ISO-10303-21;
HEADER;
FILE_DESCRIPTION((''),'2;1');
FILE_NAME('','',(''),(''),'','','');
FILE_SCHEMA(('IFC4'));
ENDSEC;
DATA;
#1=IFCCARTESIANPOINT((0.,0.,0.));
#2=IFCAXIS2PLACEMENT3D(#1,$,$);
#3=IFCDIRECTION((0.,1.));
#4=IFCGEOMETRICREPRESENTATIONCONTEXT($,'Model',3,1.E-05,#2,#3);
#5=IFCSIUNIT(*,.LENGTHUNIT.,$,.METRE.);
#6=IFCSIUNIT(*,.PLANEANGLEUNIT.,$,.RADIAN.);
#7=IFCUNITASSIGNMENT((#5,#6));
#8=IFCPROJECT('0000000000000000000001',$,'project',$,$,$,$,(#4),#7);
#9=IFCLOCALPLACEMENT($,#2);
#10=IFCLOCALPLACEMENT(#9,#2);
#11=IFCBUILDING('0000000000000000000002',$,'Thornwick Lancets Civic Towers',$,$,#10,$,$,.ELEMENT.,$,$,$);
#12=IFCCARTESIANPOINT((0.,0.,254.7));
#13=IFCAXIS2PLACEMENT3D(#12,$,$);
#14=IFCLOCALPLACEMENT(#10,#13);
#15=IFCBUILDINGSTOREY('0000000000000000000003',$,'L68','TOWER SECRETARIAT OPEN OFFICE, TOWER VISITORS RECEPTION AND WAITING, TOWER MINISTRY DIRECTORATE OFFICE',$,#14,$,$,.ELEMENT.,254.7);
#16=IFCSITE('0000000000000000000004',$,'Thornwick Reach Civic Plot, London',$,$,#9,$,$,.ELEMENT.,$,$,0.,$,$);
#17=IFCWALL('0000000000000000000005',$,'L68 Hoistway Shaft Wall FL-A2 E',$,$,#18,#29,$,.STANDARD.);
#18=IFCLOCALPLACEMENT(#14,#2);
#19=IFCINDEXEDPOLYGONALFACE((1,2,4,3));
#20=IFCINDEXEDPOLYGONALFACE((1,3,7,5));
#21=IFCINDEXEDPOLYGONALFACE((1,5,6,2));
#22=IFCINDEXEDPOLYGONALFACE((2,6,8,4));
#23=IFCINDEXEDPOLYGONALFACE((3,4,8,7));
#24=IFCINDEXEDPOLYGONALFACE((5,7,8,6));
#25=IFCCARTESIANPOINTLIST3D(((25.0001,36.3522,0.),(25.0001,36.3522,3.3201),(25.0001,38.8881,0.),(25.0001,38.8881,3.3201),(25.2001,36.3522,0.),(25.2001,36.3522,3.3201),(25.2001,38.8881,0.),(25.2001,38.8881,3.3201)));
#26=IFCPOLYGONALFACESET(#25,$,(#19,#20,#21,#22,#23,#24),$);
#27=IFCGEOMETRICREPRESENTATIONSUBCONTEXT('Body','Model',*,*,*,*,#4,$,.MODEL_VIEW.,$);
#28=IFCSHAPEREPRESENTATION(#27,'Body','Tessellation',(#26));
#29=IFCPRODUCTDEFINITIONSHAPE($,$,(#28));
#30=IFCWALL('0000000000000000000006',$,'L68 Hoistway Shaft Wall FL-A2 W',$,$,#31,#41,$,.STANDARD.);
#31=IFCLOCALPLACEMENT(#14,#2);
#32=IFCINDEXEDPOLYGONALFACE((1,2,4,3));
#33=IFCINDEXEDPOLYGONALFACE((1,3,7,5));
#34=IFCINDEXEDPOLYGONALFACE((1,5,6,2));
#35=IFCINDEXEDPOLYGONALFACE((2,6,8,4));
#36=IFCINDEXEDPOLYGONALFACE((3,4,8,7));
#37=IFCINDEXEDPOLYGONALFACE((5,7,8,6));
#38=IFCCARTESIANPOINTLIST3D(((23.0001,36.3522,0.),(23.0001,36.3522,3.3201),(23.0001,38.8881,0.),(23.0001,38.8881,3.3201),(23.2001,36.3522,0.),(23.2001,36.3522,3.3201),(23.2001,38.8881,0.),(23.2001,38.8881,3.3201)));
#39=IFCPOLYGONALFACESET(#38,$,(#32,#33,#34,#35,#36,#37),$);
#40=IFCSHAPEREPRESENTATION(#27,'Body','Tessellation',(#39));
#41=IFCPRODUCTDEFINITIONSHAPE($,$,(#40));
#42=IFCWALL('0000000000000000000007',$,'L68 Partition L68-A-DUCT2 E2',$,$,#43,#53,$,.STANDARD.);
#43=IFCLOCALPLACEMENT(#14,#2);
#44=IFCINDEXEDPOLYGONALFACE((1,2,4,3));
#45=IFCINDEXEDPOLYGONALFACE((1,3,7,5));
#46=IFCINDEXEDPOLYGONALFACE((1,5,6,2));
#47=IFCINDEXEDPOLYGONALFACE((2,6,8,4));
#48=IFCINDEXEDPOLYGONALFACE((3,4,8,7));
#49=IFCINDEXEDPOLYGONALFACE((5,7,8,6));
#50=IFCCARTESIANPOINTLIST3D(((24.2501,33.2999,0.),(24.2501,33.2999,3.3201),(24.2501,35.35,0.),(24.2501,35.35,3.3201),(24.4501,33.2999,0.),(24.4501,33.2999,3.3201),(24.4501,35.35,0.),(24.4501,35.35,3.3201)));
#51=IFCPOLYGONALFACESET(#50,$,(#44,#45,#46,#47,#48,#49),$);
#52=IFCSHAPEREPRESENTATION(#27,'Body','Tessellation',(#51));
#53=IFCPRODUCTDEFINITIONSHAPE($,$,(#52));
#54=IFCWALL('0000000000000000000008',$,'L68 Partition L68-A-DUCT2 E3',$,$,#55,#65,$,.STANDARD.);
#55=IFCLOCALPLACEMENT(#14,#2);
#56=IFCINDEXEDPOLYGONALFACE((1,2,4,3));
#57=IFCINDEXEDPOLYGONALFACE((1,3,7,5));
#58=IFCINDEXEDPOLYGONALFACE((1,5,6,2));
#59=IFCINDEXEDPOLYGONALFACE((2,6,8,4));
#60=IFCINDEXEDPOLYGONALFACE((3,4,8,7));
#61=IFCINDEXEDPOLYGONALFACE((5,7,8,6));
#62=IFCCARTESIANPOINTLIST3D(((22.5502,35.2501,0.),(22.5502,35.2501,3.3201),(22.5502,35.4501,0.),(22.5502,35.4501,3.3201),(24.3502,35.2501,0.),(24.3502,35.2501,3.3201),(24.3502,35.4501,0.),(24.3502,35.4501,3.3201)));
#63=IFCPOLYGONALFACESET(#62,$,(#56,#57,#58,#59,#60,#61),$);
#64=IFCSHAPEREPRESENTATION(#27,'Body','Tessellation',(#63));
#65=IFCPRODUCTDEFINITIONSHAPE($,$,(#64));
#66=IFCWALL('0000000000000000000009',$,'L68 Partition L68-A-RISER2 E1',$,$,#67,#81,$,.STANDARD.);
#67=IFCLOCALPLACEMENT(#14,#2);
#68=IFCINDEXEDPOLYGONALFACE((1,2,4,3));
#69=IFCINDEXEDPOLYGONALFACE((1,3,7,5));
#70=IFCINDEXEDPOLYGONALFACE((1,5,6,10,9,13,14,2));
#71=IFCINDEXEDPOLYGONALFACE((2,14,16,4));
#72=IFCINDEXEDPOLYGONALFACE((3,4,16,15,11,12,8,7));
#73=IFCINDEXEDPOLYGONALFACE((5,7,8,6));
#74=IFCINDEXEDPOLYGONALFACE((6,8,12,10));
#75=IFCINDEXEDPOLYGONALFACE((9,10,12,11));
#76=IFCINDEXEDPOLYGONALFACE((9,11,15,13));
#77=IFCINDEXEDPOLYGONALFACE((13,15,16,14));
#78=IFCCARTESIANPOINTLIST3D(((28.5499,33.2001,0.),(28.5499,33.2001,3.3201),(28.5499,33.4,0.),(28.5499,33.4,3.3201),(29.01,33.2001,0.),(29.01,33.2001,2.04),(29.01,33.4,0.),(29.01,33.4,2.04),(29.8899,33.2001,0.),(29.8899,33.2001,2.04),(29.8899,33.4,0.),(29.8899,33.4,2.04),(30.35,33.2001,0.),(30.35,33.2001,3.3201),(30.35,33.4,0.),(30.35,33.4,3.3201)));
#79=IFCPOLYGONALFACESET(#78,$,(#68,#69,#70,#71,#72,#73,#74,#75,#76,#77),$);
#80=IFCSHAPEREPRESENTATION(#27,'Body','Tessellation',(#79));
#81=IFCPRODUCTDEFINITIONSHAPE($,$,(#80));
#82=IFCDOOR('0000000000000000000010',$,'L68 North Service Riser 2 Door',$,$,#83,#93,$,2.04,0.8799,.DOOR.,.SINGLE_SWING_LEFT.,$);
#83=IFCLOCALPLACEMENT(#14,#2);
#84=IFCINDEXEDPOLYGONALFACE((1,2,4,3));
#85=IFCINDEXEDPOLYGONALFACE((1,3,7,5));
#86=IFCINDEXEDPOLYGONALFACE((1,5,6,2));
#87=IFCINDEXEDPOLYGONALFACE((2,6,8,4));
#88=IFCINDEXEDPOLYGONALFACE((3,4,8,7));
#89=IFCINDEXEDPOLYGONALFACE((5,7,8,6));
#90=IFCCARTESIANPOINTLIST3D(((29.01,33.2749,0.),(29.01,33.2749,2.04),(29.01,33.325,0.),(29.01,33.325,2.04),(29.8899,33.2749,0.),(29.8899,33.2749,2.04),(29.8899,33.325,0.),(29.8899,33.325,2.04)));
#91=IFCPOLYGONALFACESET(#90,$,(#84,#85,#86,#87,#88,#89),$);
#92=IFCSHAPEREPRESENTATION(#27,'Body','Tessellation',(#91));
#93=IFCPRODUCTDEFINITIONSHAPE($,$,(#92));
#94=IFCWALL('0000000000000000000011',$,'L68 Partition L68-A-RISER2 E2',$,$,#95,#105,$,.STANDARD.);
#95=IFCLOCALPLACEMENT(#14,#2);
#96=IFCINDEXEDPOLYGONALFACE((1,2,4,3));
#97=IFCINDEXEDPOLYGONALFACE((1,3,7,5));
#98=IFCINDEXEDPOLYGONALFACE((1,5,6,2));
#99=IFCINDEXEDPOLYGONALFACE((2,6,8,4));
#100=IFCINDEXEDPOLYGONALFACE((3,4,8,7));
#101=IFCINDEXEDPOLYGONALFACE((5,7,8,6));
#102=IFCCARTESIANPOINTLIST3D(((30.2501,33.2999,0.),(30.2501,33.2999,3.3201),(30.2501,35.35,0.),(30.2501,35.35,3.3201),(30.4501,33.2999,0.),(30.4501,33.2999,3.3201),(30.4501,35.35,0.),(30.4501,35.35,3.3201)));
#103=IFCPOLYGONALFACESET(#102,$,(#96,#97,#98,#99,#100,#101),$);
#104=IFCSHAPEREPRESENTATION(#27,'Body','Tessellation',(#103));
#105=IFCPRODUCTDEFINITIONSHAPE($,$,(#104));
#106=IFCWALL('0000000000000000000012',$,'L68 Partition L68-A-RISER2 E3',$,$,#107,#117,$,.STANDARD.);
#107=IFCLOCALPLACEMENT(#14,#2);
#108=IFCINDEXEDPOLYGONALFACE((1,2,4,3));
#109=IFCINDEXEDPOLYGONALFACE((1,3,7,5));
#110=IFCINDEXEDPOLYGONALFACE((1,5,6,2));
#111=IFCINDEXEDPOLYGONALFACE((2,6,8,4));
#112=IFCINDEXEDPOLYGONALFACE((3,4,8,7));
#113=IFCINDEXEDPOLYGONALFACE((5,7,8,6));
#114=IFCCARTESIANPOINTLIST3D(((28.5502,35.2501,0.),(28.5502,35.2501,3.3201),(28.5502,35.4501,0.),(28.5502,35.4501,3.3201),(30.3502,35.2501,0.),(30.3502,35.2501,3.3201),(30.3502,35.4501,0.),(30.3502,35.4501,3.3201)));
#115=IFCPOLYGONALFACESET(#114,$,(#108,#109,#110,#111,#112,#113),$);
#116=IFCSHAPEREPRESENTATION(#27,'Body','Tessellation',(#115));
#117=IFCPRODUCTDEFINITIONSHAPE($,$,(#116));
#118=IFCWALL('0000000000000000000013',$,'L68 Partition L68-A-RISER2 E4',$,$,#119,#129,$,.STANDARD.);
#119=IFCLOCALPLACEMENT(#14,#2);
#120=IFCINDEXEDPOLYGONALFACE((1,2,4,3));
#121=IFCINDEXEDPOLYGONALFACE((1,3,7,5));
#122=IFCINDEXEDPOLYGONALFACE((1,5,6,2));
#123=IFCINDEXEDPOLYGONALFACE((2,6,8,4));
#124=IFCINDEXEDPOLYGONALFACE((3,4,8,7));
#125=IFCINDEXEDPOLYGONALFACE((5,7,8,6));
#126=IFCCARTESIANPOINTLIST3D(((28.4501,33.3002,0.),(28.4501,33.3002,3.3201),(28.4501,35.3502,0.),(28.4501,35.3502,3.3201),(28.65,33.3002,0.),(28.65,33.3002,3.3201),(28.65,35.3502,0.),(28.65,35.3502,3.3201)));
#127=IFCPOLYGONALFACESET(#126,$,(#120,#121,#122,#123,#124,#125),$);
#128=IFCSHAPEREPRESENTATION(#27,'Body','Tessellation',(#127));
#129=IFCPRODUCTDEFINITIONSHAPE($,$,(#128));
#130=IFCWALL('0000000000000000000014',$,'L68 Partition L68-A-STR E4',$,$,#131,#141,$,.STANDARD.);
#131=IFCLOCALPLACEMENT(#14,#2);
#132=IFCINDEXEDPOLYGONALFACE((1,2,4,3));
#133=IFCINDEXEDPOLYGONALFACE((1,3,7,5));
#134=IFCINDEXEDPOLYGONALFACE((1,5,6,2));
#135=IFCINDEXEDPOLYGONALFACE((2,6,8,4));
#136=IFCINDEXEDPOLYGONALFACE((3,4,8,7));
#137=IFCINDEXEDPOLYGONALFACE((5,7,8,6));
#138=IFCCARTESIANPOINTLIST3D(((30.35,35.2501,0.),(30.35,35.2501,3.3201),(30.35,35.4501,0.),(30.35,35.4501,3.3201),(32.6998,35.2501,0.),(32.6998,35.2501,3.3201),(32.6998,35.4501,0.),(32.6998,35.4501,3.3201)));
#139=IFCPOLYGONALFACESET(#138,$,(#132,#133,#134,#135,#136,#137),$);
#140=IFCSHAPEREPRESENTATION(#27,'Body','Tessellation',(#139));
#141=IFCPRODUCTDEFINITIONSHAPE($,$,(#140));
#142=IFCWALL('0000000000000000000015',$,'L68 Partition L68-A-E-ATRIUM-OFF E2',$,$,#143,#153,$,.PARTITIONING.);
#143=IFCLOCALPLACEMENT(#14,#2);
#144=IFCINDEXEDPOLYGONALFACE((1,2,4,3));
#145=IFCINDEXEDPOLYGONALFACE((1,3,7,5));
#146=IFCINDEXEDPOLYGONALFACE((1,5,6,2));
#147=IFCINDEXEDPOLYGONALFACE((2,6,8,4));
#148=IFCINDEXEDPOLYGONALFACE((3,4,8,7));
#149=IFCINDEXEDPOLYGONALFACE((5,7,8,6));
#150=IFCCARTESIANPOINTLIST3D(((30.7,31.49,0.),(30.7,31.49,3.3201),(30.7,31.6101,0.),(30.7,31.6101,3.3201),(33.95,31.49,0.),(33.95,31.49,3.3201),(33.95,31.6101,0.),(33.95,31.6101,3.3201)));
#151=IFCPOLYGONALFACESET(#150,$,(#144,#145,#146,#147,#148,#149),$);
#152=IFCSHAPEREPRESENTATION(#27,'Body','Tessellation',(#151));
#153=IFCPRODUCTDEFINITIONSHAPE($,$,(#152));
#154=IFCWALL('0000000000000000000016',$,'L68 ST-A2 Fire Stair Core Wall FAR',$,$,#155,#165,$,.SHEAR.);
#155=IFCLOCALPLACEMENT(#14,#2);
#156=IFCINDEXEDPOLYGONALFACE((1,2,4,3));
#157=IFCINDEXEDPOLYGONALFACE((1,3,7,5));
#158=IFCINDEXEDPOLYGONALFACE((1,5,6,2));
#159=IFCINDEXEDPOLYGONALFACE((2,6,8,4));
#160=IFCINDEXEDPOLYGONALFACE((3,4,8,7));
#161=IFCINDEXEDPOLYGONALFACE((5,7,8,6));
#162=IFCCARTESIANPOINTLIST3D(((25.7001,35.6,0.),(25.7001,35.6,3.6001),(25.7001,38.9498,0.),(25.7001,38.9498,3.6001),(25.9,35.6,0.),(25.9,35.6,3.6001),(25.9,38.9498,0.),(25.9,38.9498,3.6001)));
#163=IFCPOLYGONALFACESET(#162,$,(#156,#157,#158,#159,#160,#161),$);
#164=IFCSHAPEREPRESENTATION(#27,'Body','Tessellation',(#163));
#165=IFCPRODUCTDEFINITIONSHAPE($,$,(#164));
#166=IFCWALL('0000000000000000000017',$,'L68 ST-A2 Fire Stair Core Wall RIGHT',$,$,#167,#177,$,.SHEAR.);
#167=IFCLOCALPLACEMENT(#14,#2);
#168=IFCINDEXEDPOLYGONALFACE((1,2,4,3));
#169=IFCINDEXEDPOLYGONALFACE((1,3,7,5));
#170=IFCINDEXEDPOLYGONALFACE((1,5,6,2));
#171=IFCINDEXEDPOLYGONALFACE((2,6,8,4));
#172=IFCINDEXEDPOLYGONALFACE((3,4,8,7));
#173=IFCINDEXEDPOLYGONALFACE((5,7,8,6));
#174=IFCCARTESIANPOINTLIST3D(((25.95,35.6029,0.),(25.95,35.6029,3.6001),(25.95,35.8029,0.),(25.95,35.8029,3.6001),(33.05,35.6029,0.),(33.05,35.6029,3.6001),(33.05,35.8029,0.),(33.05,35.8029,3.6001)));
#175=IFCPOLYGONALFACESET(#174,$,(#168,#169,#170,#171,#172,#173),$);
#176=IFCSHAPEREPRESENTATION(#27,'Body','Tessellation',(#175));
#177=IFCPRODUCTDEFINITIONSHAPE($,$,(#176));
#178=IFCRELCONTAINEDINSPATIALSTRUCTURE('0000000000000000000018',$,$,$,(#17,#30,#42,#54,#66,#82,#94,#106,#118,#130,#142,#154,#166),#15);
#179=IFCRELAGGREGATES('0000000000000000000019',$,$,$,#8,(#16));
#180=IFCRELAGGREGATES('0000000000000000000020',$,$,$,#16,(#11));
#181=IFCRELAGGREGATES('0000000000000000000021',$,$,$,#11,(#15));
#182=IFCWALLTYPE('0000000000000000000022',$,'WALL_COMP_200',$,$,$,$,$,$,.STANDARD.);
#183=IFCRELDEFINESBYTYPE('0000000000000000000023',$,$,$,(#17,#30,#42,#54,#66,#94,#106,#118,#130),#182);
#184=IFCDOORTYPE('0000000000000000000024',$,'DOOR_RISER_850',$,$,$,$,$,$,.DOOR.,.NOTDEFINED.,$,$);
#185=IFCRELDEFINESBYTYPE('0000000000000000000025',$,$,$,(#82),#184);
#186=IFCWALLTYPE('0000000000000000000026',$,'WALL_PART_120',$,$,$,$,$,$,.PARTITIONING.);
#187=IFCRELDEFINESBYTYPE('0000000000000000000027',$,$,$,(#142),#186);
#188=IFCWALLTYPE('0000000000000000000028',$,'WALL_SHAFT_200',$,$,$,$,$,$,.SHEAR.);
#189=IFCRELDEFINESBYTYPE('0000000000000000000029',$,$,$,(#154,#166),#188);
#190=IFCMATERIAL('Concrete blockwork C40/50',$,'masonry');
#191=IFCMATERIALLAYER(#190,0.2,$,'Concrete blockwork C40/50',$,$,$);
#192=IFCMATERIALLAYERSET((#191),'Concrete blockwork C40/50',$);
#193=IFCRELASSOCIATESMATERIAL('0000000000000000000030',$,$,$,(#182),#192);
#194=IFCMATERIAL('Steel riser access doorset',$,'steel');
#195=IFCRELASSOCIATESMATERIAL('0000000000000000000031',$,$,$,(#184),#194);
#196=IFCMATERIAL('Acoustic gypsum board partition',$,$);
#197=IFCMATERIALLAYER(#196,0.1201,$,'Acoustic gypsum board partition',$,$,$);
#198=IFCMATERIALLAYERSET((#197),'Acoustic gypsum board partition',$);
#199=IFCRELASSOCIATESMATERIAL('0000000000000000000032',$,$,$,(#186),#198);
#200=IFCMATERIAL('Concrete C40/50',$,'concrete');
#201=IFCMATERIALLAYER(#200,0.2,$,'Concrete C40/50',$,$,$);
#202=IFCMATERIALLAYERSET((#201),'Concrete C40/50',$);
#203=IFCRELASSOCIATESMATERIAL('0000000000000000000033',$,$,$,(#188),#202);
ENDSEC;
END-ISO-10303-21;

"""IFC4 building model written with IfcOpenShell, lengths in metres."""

from ifc_helpers import new_model, si_unit, direction, frame, frame_2d, origin, place, context, subcontext, project, spatial, rectangle, extrude, material, layer, layer_set, type_object, element, fill, save


model = new_model("IFC4")

# Units and contexts
model_context = context("Model", 3, precision=1e-05, world=origin(), true_north=direction((0.0, 1.0)))
body_context = subcontext(model_context, "Body", "Model", "MODEL_VIEW")
ifc_project = project(units=[si_unit("LENGTHUNIT", "METRE"), si_unit("PLANEANGLEUNIT", "RADIAN")], contexts=[model_context])

# Site, building, storey
site_placement = place(None, origin())
site = spatial("IfcSite", under=ifc_project, at=site_placement, Name="Thornwick Reach Civic Plot, London", CompositionType="ELEMENT", RefElevation=0.0)
building_placement = place(site_placement, origin())
building = spatial("IfcBuilding", under=site, at=building_placement, Name="Thornwick Lancets Civic Towers", CompositionType="ELEMENT")
storey_placement = place(building_placement, frame((0.0, 0.0, 254.7)))
storey = spatial("IfcBuildingStorey", under=building, at=storey_placement, Name="L68", Description="TOWER SECRETARIAT OPEN OFFICE, TOWER VISITORS RECEPTION AND WAITING, TOWER MINISTRY DIRECTORATE OFFICE", CompositionType="ELEMENT", Elevation=254.7)

# Shared definitions
ifc_material_1 = material(Name="Concrete C40/50", Category="concrete")

# Shared definitions
ifc_material_2 = material(Name="Concrete blockwork C40/50", Category="masonry")
ifc_layer_1 = layer(ifc_material_2, 0.2, Name="Concrete blockwork C40/50")
ifc_layer_set_1 = layer_set([ifc_layer_1], Name="Concrete blockwork C40/50")
wall_type_1 = type_object("IfcWallType", Name="WALL_COMP_200", PredefinedType="STANDARD", material=ifc_layer_set_1)

# Walls
for number, where, z_axis, x_axis, name in (
    (1, (25.1001, 36.3521, 0.0), (0.0, 0.0, 1.0), (0.0, 1.0, 0.0), "L68 Hoistway Shaft Wall FL-A2 E"),
    (2, (23.1001, 36.3521, 0.0), (0.0, 0.0, 1.0), (0.0, 1.0, 0.0), "L68 Hoistway Shaft Wall FL-A2 W"),
):
    element("IfcWall", number, at=place(storey_placement, frame(where, z_axis=z_axis, x_axis=x_axis)), inside=storey, type_object=wall_type_1, Name=name, PredefinedType="STANDARD", context=body_context, shape_type="SweptSolid", body=[
        extrude(rectangle(XDim=2.5359, YDim=0.2, at=frame_2d((1.2681, 0.0))), origin(), (0.0, 0.0, 1.0), 3.3201),
    ])
wall_1_placement = place(storey_placement, frame((24.3501, 33.3, 0.0), z_axis=(0.0, 0.0, 1.0), x_axis=(0.0, 1.0, 0.0)))
element("IfcWall", 3, at=wall_1_placement, inside=storey, type_object=wall_type_1, Name="L68 Partition L68-A-DUCT2 E2", PredefinedType="STANDARD", context=body_context, shape_type="SweptSolid", body=[
    extrude(rectangle(XDim=2.05, YDim=0.2, at=frame_2d((1.0249, 0.0))), origin(), (0.0, 0.0, 1.0), 3.3201),
])
wall_2_placement = place(storey_placement, frame((24.3501, 35.3501, 0.0), z_axis=(0.0, 0.0, 1.0), x_axis=(-1.0, 0.0, 0.0)))
element("IfcWall", 4, at=wall_2_placement, inside=storey, type_object=wall_type_1, Name="L68 Partition L68-A-DUCT2 E3", PredefinedType="STANDARD", context=body_context, shape_type="SweptSolid", body=[
    extrude(rectangle(XDim=1.8, YDim=0.2, at=frame_2d((0.8999, 0.0))), origin(), (0.0, 0.0, 1.0), 3.3201),
])

# Wall, opening, door
wall_3_placement = place(storey_placement, frame((28.55, 33.3, 0.0), z_axis=(0.0, 0.0, 1.0), x_axis=(1.0, 0.0, 0.0)))
wall_3 = element("IfcWall", 5, at=wall_3_placement, inside=storey, type_object=wall_type_1, Name="L68 Partition L68-A-RISER2 E1", PredefinedType="STANDARD", context=body_context, shape_type="SweptSolid", body=[
    extrude(rectangle(XDim=1.8, YDim=0.2, at=frame_2d((0.8999, 0.0))), origin(), (0.0, 0.0, 1.0), 3.3201),
])
opening_1_placement = place(wall_3_placement, frame((0.46, 0.0, 0.0)))
opening_1 = element("IfcOpeningElement", 6, at=opening_1_placement, cuts=wall_3, PredefinedType="OPENING", context=body_context, shape_type="SweptSolid", body=[
    extrude(rectangle(XDim=0.8799, YDim=2.04, at=frame_2d((0.4399, 1.02))), frame((0.0, 0.1099, 0.0), z_axis=(0.0, -1.0, 0.0), x_axis=(1.0, 0.0, 0.0)), (0.0, 0.0, 1.0), 0.22),
])
ifc_material_3 = material(Name="Steel riser access doorset", Category="steel")
door_type_1 = type_object("IfcDoorType", Name="DOOR_RISER_850", OperationType="NOTDEFINED", PredefinedType="DOOR", material=ifc_material_3)
door_1_placement = place(opening_1_placement, origin())
door_1 = element("IfcDoor", 7, at=door_1_placement, inside=storey, type_object=door_type_1, Name="L68 North Service Riser 2 Door", OperationType="SINGLE_SWING_LEFT", OverallHeight=2.04, OverallWidth=0.8799, PredefinedType="DOOR", context=body_context, shape_type="SweptSolid", body=[
    extrude(rectangle(XDim=0.8799, YDim=2.04, at=frame_2d((0.4399, 1.02))), frame((0.0, 0.0249, 0.0), z_axis=(0.0, -1.0, 0.0), x_axis=(1.0, 0.0, 0.0)), (0.0, 0.0, 1.0), 0.05),
])
fill(opening_1, door_1)

# Walls
wall_4_placement = place(storey_placement, frame((30.3501, 33.3, 0.0), z_axis=(0.0, 0.0, 1.0), x_axis=(0.0, 1.0, 0.0)))
element("IfcWall", 8, at=wall_4_placement, inside=storey, type_object=wall_type_1, Name="L68 Partition L68-A-RISER2 E2", PredefinedType="STANDARD", context=body_context, shape_type="SweptSolid", body=[
    extrude(rectangle(XDim=2.05, YDim=0.2, at=frame_2d((1.0249, 0.0))), origin(), (0.0, 0.0, 1.0), 3.3201),
])
wall_5_placement = place(storey_placement, frame((30.3501, 35.3501, 0.0), z_axis=(0.0, 0.0, 1.0), x_axis=(-1.0, 0.0, 0.0)))
element("IfcWall", 9, at=wall_5_placement, inside=storey, type_object=wall_type_1, Name="L68 Partition L68-A-RISER2 E3", PredefinedType="STANDARD", context=body_context, shape_type="SweptSolid", body=[
    extrude(rectangle(XDim=1.8, YDim=0.2, at=frame_2d((0.8999, 0.0))), origin(), (0.0, 0.0, 1.0), 3.3201),
])
wall_6_placement = place(storey_placement, frame((28.55, 35.3501, 0.0), z_axis=(0.0, 0.0, 1.0), x_axis=(0.0, -1.0, 0.0)))
element("IfcWall", 10, at=wall_6_placement, inside=storey, type_object=wall_type_1, Name="L68 Partition L68-A-RISER2 E4", PredefinedType="STANDARD", context=body_context, shape_type="SweptSolid", body=[
    extrude(rectangle(XDim=2.05, YDim=0.2, at=frame_2d((1.0249, 0.0))), origin(), (0.0, 0.0, 1.0), 3.3201),
])
wall_7_placement = place(storey_placement, frame((30.3501, 35.3501, 0.0), z_axis=(0.0, 0.0, 1.0), x_axis=(1.0, 0.0, 0.0)))
element("IfcWall", 11, at=wall_7_placement, inside=storey, type_object=wall_type_1, Name="L68 Partition L68-A-STR E4", PredefinedType="STANDARD", context=body_context, shape_type="SweptSolid", body=[
    extrude(rectangle(XDim=2.3499, YDim=0.2, at=frame_2d((1.1748, 0.0))), origin(), (0.0, 0.0, 1.0), 3.3201),
])
ifc_material_4 = material(Name="Acoustic gypsum board partition")
ifc_layer_2 = layer(ifc_material_4, 0.1201, Name="Acoustic gypsum board partition")
ifc_layer_set_2 = layer_set([ifc_layer_2], Name="Acoustic gypsum board partition")
wall_type_2 = type_object("IfcWallType", Name="WALL_PART_120", PredefinedType="PARTITIONING", material=ifc_layer_set_2)
wall_8_placement = place(storey_placement, frame((30.7, 31.55, 0.0), z_axis=(0.0, 0.0, 1.0), x_axis=(1.0, 0.0, 0.0)))
element("IfcWall", 12, at=wall_8_placement, inside=storey, type_object=wall_type_2, Name="L68 Partition L68-A-E-ATRIUM-OFF E2", PredefinedType="PARTITIONING", context=body_context, shape_type="SweptSolid", body=[
    extrude(rectangle(XDim=3.25, YDim=0.1201, at=frame_2d((1.625, 0.0))), origin(), (0.0, 0.0, 1.0), 3.3201),
])
ifc_layer_3 = layer(ifc_material_1, 0.2, Name="Concrete C40/50")
ifc_layer_set_3 = layer_set([ifc_layer_3], Name="Concrete C40/50")
wall_type_3 = type_object("IfcWallType", Name="WALL_SHAFT_200", PredefinedType="SHEAR", material=ifc_layer_set_3)
wall_9_placement = place(storey_placement, frame((25.8, 35.6001, 0.0), z_axis=(0.0, 0.0, 1.0), x_axis=(0.0, 1.0, 0.0)))
element("IfcWall", 13, at=wall_9_placement, inside=storey, type_object=wall_type_3, Name="L68 ST-A2 Fire Stair Core Wall FAR", PredefinedType="SHEAR", context=body_context, shape_type="SweptSolid", body=[
    extrude(rectangle(XDim=3.3499, YDim=0.2, at=frame_2d((1.6748, 0.0))), origin(), (0.0, 0.0, 1.0), 3.6001),
])
wall_10_placement = place(storey_placement, frame((25.95, 35.7029, 0.0), z_axis=(0.0, 0.0, 1.0), x_axis=(1.0, 0.0, 0.0)))
element("IfcWall", 14, at=wall_10_placement, inside=storey, type_object=wall_type_3, Name="L68 ST-A2 Fire Stair Core Wall RIGHT", PredefinedType="SHEAR", context=body_context, shape_type="SweptSolid", body=[
    extrude(rectangle(XDim=7.1001, YDim=0.2, at=frame_2d((3.55, 0.0))), origin(), (0.0, 0.0, 1.0), 3.6001),
])

save(model, "model.ifc")
